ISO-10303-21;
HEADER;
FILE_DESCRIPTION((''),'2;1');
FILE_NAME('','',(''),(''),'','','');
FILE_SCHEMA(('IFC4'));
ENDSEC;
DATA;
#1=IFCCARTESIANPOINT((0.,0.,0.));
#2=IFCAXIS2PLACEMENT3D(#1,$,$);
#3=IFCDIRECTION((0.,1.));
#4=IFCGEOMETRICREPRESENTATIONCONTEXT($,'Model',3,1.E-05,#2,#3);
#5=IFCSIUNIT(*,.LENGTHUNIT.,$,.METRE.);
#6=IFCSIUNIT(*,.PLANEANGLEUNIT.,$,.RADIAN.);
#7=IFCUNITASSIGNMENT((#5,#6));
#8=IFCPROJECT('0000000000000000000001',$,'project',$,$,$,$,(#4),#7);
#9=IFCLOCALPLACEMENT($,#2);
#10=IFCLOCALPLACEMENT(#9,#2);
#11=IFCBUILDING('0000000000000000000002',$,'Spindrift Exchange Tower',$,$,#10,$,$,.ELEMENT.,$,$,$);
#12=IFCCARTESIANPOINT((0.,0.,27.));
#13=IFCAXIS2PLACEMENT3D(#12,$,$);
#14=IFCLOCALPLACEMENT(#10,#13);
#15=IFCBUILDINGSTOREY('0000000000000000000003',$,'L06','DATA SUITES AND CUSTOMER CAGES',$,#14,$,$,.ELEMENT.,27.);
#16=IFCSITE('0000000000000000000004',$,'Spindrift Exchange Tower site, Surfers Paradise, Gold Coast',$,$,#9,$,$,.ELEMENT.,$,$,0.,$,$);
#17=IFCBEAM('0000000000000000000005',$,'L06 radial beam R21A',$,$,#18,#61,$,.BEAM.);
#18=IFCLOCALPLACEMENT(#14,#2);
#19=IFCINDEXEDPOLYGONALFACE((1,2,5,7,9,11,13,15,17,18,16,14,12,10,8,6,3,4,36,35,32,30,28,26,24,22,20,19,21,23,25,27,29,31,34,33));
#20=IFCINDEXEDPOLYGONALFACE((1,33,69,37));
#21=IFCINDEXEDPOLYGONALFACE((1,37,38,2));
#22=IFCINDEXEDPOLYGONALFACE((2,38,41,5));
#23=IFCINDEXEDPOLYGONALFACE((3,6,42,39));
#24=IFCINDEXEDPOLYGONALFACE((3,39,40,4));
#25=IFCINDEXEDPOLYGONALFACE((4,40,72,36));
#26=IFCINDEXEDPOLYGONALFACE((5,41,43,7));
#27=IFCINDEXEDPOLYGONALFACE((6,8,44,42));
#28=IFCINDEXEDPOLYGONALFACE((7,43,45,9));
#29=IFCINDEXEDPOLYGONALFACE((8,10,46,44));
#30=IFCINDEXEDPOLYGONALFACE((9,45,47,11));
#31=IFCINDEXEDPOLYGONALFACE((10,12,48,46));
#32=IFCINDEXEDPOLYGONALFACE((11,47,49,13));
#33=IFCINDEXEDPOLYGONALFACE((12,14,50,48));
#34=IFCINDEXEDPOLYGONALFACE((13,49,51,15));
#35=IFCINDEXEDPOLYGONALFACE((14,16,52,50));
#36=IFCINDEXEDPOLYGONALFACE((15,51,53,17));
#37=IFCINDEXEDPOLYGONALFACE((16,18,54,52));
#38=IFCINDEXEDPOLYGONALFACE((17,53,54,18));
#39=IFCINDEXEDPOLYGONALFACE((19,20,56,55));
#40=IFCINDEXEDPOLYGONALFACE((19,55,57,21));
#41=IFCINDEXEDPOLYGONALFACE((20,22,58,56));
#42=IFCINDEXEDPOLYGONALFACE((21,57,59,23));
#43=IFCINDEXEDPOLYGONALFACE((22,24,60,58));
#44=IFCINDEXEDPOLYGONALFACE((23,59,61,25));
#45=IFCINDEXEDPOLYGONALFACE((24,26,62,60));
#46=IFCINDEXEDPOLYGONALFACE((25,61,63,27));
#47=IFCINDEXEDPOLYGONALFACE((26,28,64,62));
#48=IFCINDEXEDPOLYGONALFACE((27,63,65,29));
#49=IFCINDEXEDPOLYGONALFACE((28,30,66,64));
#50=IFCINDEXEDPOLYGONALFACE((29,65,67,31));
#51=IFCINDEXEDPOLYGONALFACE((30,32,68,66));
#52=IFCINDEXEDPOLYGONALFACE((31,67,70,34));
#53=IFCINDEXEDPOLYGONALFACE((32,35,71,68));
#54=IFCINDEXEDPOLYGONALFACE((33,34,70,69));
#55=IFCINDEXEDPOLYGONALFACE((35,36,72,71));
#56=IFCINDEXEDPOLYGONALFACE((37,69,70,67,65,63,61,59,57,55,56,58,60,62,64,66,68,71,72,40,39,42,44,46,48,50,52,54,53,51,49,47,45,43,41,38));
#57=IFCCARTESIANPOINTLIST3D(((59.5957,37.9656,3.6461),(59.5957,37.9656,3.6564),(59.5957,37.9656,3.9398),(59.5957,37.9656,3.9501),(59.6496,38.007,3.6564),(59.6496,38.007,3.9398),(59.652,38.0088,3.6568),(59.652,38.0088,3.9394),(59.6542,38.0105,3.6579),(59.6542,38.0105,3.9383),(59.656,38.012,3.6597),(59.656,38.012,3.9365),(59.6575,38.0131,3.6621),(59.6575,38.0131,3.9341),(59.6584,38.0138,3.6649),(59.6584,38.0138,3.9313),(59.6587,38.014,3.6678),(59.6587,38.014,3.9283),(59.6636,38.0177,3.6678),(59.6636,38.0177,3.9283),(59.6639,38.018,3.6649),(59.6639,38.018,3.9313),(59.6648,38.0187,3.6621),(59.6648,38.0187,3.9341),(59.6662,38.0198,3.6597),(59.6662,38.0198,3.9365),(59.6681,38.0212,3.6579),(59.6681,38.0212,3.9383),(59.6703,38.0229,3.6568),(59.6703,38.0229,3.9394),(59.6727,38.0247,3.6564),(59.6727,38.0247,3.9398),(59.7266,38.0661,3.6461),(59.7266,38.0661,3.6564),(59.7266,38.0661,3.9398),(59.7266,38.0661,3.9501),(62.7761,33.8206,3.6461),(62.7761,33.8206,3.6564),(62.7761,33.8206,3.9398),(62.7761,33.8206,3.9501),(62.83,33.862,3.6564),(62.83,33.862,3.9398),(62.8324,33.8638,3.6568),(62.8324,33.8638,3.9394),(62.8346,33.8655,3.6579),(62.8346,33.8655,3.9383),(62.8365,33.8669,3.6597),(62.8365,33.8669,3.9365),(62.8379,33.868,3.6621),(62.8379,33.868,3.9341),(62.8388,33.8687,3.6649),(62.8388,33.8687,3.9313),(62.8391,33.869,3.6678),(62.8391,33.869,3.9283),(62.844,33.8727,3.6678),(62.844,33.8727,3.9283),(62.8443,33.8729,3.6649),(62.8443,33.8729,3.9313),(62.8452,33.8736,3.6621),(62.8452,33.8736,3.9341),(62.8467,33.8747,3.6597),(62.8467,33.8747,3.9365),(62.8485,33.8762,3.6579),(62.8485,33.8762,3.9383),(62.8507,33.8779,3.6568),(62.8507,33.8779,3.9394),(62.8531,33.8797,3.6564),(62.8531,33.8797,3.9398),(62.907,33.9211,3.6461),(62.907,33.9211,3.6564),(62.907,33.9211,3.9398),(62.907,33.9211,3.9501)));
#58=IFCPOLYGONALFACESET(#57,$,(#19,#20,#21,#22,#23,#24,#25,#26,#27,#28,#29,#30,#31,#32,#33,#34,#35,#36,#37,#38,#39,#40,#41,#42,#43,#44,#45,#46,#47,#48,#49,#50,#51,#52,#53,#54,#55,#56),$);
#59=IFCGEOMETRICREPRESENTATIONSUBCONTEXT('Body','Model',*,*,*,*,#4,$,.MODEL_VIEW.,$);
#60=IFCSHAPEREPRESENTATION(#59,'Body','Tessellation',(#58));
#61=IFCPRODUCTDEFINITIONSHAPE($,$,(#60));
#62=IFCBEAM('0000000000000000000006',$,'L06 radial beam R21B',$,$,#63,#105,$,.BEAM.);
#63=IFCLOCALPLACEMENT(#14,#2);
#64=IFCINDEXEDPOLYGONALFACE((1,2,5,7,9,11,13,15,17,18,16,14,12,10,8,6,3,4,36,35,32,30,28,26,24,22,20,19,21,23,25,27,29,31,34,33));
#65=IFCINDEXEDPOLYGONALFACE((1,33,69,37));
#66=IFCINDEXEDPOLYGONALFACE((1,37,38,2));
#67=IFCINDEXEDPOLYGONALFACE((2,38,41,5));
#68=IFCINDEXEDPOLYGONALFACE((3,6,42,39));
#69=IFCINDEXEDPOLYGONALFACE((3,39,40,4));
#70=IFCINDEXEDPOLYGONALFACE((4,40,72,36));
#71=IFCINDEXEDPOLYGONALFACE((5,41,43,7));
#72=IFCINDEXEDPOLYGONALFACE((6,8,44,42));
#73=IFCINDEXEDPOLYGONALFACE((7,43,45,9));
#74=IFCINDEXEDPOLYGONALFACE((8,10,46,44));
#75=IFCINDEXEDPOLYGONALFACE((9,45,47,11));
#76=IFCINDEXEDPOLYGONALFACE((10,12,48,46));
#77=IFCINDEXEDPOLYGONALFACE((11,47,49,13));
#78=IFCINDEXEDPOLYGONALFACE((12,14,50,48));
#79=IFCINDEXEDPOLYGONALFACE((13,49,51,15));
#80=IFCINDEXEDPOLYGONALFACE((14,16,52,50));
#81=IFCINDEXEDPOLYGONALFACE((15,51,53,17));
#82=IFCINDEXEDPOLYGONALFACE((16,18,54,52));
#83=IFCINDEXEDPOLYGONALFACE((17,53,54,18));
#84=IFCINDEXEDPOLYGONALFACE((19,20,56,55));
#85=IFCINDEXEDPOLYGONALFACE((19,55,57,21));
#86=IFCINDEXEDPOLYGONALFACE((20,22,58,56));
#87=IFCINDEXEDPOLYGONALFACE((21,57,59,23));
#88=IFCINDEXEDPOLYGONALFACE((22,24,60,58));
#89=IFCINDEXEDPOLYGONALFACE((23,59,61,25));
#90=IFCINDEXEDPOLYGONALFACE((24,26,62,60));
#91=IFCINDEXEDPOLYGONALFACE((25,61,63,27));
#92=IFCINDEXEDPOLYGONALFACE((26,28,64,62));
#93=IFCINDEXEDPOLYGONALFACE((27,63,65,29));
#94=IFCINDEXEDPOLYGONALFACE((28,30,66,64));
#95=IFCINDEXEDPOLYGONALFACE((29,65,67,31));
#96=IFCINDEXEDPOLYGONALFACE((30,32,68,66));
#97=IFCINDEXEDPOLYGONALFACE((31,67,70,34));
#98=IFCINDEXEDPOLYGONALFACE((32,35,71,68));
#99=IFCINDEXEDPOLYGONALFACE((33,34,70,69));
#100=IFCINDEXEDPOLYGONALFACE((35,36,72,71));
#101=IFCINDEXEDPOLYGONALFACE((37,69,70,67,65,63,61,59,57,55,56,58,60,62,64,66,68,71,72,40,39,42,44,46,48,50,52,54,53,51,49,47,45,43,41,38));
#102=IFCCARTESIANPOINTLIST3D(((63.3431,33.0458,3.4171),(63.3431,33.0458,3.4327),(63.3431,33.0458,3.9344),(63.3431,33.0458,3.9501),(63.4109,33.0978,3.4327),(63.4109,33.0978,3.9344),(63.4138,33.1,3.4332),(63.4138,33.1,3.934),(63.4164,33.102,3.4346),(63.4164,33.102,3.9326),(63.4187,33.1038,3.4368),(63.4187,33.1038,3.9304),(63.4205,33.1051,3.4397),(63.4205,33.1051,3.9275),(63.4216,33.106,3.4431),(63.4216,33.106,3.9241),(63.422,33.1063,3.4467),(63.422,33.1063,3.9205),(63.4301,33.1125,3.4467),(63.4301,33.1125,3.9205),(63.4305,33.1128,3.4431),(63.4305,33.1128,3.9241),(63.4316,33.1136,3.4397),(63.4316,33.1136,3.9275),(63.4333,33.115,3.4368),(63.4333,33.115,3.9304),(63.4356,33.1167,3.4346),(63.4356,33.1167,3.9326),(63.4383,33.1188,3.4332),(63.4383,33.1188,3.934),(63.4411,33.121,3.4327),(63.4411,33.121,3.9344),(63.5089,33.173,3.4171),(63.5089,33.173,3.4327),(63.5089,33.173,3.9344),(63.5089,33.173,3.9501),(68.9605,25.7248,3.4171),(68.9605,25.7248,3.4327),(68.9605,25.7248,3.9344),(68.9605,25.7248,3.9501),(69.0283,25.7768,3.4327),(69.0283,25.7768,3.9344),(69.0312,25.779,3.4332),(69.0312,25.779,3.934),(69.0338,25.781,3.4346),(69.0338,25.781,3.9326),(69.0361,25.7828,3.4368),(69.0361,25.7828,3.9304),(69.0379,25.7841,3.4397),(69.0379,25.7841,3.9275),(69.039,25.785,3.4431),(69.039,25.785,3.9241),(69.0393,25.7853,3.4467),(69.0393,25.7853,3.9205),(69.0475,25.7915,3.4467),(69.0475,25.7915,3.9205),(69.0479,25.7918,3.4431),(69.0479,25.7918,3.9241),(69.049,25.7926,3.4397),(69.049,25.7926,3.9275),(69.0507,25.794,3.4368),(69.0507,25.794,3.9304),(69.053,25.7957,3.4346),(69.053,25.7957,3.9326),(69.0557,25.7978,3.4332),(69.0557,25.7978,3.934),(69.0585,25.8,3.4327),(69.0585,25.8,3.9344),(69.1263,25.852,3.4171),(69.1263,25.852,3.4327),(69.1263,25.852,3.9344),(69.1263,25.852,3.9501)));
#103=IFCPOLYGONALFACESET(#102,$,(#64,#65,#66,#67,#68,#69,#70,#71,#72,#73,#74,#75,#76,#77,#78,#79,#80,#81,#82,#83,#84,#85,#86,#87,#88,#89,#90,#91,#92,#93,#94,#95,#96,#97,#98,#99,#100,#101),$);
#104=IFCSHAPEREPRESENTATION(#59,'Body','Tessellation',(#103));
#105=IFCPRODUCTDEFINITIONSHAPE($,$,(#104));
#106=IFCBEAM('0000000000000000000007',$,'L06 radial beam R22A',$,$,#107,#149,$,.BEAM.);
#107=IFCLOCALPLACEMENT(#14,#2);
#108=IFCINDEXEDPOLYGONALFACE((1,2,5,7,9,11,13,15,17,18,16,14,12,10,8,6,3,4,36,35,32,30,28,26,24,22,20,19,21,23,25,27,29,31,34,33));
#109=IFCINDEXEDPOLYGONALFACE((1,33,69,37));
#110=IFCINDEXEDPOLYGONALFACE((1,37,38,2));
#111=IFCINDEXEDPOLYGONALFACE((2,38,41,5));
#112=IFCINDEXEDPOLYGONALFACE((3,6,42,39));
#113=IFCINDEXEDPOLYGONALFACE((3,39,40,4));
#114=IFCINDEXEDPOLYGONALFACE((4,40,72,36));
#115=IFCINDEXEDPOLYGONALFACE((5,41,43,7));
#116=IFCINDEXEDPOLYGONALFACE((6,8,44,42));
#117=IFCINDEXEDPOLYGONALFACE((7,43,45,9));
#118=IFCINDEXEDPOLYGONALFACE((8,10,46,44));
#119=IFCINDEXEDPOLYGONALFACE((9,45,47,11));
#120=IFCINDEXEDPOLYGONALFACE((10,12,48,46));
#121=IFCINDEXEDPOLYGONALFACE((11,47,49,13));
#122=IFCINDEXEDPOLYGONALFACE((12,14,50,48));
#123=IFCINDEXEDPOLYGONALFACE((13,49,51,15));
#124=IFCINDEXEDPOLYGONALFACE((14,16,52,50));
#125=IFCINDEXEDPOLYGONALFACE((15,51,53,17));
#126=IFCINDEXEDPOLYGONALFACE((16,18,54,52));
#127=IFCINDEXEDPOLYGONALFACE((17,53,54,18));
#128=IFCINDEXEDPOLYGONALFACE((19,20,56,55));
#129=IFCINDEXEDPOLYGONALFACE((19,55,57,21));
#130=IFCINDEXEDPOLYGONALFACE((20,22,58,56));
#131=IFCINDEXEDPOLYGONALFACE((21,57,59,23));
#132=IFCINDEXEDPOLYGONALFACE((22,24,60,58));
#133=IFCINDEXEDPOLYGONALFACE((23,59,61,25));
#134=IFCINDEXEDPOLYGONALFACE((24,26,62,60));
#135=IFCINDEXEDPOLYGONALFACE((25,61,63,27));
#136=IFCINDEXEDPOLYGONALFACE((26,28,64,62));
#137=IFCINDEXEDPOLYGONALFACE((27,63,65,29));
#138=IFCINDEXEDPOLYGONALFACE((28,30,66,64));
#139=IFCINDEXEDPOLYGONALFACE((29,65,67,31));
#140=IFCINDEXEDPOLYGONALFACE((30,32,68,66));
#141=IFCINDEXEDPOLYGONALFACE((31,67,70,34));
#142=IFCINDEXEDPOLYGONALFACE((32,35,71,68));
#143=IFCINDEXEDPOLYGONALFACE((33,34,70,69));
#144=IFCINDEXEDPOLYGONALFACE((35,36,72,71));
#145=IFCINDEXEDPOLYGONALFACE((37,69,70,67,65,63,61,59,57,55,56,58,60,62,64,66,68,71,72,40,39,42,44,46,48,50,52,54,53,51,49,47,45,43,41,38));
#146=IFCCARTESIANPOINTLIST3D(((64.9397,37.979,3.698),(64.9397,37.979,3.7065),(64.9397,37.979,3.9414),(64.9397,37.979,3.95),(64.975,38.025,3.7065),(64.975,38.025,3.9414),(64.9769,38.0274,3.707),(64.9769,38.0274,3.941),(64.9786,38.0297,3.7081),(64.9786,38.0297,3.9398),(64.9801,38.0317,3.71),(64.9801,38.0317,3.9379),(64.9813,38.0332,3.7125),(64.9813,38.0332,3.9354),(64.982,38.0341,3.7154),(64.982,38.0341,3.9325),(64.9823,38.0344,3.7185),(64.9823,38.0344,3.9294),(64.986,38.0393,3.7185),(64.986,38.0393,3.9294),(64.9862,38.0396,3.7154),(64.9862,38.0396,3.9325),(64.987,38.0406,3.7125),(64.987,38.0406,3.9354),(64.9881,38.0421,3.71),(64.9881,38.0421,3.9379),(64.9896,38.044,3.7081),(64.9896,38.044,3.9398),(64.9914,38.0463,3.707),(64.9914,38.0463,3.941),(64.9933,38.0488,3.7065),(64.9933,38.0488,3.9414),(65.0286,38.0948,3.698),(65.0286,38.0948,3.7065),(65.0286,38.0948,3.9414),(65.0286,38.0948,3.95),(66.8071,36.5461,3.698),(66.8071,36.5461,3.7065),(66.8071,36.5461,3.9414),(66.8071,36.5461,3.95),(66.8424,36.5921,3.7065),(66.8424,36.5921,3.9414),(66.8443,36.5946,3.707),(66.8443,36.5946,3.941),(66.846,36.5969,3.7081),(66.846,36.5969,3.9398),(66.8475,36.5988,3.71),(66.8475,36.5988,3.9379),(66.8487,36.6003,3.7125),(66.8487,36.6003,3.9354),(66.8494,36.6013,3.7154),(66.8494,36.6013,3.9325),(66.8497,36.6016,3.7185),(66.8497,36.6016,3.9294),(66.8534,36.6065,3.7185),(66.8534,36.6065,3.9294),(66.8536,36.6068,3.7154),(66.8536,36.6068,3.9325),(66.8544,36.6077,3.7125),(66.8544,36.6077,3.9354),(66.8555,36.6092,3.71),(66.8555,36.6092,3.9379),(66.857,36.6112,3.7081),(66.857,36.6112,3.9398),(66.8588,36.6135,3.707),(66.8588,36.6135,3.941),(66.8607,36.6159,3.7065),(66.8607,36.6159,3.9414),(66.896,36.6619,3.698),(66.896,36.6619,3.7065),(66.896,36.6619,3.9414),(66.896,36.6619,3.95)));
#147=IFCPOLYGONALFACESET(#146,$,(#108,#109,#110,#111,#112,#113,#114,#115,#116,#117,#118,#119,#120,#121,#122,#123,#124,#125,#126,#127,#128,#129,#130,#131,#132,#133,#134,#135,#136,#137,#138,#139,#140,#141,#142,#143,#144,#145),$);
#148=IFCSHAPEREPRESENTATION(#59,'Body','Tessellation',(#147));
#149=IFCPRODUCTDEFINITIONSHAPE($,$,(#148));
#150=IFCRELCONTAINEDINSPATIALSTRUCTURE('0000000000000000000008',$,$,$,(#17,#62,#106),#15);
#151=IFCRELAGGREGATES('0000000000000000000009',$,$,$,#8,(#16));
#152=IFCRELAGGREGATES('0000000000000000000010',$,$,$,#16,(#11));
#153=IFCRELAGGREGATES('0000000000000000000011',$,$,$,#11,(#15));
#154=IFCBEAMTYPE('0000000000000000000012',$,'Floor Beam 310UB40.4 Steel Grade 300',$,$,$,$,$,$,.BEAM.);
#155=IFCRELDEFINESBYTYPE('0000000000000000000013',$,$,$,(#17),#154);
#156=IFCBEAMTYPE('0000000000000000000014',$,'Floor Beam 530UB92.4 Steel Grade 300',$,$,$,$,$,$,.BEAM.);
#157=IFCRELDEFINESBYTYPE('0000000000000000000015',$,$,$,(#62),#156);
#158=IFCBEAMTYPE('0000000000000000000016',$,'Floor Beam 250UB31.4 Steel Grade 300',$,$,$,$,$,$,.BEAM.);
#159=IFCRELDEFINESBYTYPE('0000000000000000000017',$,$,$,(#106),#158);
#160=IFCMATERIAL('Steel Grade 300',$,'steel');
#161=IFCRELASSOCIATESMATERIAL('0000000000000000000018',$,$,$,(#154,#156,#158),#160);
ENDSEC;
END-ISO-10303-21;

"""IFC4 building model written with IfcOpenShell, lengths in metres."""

from ifc_helpers import new_model, si_unit, direction, frame, origin, origin_2d, place, context, subcontext, project, spatial, i_section, extrude, source, transform, mapped, material, material_profile, profile_set, type_object, element, save


model = new_model("IFC4")

# Units and contexts
model_context = context("Model", 3, precision=1e-05, world=origin(), true_north=direction((0.0, 1.0)))
body_context = subcontext(model_context, "Body", "Model", "MODEL_VIEW")
ifc_project = project(units=[si_unit("LENGTHUNIT", "METRE"), si_unit("PLANEANGLEUNIT", "RADIAN")], contexts=[model_context])

# Site, building, storey
site_placement = place(None, origin())
site = spatial("IfcSite", under=ifc_project, at=site_placement, Name="Spindrift Exchange Tower site, Surfers Paradise, Gold Coast", CompositionType="ELEMENT", RefElevation=0.0)
building_placement = place(site_placement, origin())
building = spatial("IfcBuilding", under=site, at=building_placement, Name="Spindrift Exchange Tower", CompositionType="ELEMENT")
storey_placement = place(building_placement, frame((0.0, 0.0, 27.0)))
storey = spatial("IfcBuildingStorey", under=building, at=storey_placement, Name="L06", Description="DATA SUITES AND CUSTOMER CAGES", CompositionType="ELEMENT", Elevation=27.0)

# Beams
ifc_material_1 = material(Name="Steel Grade 300", Category="steel")
ifc_material_profile_1 = material_profile(ifc_material_1, i_section(OverallWidth=0.165, OverallDepth=0.304, WebThickness=0.0061, FlangeThickness=0.0103, FilletRadius=0.0115, at=origin_2d()), Name="310UB40.4")
ifc_profile_set_1 = profile_set([ifc_material_profile_1], Name="Steel Grade 300")
beam_type_1 = type_object("IfcBeamType", Name="Floor Beam 310UB40.4 Steel Grade 300", PredefinedType="BEAM", material=ifc_profile_set_1)
shared_shape_1 = source(origin(), body_context, "Body", "SweptSolid", [
    extrude(i_section(OverallWidth=0.165, OverallDepth=0.304, WebThickness=0.0061, FlangeThickness=0.0103, FilletRadius=0.0115, at=origin_2d()), origin(), (0.0, 0.0, 1.0), 5.2246),
])
beam_1_placement = place(storey_placement, frame((59.6611, 38.0159, 3.7981), z_axis=(0.608741, -0.793369, 0.0), x_axis=(0.793369, 0.608741, 0.0)))
element("IfcBeam", 1, at=beam_1_placement, inside=storey, type_object=beam_type_1, Name="L06 radial beam R21A", PredefinedType="BEAM", context=body_context, shape_type="MappedRepresentation", body=[
    mapped(shared_shape_1, transform((0.0, 0.0, 0.0), scale=1.0)),
])
ifc_material_profile_2 = material_profile(ifc_material_1, i_section(OverallWidth=0.209, OverallDepth=0.533, WebThickness=0.0103, FlangeThickness=0.0156, FilletRadius=0.0139, at=origin_2d()), Name="530UB92.4")
ifc_profile_set_2 = profile_set([ifc_material_profile_2], Name="Steel Grade 300")
beam_type_2 = type_object("IfcBeamType", Name="Floor Beam 530UB92.4 Steel Grade 300", PredefinedType="BEAM", material=ifc_profile_set_2)
shared_shape_2 = source(origin(), body_context, "Body", "SweptSolid", [
    extrude(i_section(OverallWidth=0.209, OverallDepth=0.533, WebThickness=0.0103, FlangeThickness=0.0156, FilletRadius=0.0139, at=origin_2d()), origin(), (0.0, 0.0, 1.0), 9.2278),
])
beam_2_placement = place(storey_placement, frame((63.426, 33.1094, 3.6836), z_axis=(0.608748, -0.793364, 0.0), x_axis=(0.793364, 0.608748, 0.0)))
element("IfcBeam", 2, at=beam_2_placement, inside=storey, type_object=beam_type_2, Name="L06 radial beam R21B", PredefinedType="BEAM", context=body_context, shape_type="MappedRepresentation", body=[
    mapped(shared_shape_2, transform((0.0, 0.0, 0.0), scale=1.0)),
])
ifc_material_profile_3 = material_profile(ifc_material_1, i_section(OverallWidth=0.146, OverallDepth=0.252, WebThickness=0.0061, FlangeThickness=0.0085, FilletRadius=0.012, at=origin_2d()), Name="250UB31.4")
ifc_profile_set_3 = profile_set([ifc_material_profile_3], Name="Steel Grade 300")
beam_type_3 = type_object("IfcBeamType", Name="Floor Beam 250UB31.4 Steel Grade 300", PredefinedType="BEAM", material=ifc_profile_set_3)
shared_shape_3 = source(origin(), body_context, "Body", "SweptSolid", [
    extrude(i_section(OverallWidth=0.146, OverallDepth=0.252, WebThickness=0.0061, FlangeThickness=0.0085, FilletRadius=0.012, at=origin_2d()), origin(), (0.0, 0.0, 1.0), 2.3538),
])
beam_3_placement = place(storey_placement, frame((64.9841, 38.0369, 3.824), z_axis=(0.793368, -0.608743, 0.0), x_axis=(0.608743, 0.793368, 0.0)))
element("IfcBeam", 3, at=beam_3_placement, inside=storey, type_object=beam_type_3, Name="L06 radial beam R22A", PredefinedType="BEAM", context=body_context, shape_type="MappedRepresentation", body=[
    mapped(shared_shape_3, transform((0.0, 0.0, 0.0), scale=1.0)),
])

save(model, "model.ifc")
